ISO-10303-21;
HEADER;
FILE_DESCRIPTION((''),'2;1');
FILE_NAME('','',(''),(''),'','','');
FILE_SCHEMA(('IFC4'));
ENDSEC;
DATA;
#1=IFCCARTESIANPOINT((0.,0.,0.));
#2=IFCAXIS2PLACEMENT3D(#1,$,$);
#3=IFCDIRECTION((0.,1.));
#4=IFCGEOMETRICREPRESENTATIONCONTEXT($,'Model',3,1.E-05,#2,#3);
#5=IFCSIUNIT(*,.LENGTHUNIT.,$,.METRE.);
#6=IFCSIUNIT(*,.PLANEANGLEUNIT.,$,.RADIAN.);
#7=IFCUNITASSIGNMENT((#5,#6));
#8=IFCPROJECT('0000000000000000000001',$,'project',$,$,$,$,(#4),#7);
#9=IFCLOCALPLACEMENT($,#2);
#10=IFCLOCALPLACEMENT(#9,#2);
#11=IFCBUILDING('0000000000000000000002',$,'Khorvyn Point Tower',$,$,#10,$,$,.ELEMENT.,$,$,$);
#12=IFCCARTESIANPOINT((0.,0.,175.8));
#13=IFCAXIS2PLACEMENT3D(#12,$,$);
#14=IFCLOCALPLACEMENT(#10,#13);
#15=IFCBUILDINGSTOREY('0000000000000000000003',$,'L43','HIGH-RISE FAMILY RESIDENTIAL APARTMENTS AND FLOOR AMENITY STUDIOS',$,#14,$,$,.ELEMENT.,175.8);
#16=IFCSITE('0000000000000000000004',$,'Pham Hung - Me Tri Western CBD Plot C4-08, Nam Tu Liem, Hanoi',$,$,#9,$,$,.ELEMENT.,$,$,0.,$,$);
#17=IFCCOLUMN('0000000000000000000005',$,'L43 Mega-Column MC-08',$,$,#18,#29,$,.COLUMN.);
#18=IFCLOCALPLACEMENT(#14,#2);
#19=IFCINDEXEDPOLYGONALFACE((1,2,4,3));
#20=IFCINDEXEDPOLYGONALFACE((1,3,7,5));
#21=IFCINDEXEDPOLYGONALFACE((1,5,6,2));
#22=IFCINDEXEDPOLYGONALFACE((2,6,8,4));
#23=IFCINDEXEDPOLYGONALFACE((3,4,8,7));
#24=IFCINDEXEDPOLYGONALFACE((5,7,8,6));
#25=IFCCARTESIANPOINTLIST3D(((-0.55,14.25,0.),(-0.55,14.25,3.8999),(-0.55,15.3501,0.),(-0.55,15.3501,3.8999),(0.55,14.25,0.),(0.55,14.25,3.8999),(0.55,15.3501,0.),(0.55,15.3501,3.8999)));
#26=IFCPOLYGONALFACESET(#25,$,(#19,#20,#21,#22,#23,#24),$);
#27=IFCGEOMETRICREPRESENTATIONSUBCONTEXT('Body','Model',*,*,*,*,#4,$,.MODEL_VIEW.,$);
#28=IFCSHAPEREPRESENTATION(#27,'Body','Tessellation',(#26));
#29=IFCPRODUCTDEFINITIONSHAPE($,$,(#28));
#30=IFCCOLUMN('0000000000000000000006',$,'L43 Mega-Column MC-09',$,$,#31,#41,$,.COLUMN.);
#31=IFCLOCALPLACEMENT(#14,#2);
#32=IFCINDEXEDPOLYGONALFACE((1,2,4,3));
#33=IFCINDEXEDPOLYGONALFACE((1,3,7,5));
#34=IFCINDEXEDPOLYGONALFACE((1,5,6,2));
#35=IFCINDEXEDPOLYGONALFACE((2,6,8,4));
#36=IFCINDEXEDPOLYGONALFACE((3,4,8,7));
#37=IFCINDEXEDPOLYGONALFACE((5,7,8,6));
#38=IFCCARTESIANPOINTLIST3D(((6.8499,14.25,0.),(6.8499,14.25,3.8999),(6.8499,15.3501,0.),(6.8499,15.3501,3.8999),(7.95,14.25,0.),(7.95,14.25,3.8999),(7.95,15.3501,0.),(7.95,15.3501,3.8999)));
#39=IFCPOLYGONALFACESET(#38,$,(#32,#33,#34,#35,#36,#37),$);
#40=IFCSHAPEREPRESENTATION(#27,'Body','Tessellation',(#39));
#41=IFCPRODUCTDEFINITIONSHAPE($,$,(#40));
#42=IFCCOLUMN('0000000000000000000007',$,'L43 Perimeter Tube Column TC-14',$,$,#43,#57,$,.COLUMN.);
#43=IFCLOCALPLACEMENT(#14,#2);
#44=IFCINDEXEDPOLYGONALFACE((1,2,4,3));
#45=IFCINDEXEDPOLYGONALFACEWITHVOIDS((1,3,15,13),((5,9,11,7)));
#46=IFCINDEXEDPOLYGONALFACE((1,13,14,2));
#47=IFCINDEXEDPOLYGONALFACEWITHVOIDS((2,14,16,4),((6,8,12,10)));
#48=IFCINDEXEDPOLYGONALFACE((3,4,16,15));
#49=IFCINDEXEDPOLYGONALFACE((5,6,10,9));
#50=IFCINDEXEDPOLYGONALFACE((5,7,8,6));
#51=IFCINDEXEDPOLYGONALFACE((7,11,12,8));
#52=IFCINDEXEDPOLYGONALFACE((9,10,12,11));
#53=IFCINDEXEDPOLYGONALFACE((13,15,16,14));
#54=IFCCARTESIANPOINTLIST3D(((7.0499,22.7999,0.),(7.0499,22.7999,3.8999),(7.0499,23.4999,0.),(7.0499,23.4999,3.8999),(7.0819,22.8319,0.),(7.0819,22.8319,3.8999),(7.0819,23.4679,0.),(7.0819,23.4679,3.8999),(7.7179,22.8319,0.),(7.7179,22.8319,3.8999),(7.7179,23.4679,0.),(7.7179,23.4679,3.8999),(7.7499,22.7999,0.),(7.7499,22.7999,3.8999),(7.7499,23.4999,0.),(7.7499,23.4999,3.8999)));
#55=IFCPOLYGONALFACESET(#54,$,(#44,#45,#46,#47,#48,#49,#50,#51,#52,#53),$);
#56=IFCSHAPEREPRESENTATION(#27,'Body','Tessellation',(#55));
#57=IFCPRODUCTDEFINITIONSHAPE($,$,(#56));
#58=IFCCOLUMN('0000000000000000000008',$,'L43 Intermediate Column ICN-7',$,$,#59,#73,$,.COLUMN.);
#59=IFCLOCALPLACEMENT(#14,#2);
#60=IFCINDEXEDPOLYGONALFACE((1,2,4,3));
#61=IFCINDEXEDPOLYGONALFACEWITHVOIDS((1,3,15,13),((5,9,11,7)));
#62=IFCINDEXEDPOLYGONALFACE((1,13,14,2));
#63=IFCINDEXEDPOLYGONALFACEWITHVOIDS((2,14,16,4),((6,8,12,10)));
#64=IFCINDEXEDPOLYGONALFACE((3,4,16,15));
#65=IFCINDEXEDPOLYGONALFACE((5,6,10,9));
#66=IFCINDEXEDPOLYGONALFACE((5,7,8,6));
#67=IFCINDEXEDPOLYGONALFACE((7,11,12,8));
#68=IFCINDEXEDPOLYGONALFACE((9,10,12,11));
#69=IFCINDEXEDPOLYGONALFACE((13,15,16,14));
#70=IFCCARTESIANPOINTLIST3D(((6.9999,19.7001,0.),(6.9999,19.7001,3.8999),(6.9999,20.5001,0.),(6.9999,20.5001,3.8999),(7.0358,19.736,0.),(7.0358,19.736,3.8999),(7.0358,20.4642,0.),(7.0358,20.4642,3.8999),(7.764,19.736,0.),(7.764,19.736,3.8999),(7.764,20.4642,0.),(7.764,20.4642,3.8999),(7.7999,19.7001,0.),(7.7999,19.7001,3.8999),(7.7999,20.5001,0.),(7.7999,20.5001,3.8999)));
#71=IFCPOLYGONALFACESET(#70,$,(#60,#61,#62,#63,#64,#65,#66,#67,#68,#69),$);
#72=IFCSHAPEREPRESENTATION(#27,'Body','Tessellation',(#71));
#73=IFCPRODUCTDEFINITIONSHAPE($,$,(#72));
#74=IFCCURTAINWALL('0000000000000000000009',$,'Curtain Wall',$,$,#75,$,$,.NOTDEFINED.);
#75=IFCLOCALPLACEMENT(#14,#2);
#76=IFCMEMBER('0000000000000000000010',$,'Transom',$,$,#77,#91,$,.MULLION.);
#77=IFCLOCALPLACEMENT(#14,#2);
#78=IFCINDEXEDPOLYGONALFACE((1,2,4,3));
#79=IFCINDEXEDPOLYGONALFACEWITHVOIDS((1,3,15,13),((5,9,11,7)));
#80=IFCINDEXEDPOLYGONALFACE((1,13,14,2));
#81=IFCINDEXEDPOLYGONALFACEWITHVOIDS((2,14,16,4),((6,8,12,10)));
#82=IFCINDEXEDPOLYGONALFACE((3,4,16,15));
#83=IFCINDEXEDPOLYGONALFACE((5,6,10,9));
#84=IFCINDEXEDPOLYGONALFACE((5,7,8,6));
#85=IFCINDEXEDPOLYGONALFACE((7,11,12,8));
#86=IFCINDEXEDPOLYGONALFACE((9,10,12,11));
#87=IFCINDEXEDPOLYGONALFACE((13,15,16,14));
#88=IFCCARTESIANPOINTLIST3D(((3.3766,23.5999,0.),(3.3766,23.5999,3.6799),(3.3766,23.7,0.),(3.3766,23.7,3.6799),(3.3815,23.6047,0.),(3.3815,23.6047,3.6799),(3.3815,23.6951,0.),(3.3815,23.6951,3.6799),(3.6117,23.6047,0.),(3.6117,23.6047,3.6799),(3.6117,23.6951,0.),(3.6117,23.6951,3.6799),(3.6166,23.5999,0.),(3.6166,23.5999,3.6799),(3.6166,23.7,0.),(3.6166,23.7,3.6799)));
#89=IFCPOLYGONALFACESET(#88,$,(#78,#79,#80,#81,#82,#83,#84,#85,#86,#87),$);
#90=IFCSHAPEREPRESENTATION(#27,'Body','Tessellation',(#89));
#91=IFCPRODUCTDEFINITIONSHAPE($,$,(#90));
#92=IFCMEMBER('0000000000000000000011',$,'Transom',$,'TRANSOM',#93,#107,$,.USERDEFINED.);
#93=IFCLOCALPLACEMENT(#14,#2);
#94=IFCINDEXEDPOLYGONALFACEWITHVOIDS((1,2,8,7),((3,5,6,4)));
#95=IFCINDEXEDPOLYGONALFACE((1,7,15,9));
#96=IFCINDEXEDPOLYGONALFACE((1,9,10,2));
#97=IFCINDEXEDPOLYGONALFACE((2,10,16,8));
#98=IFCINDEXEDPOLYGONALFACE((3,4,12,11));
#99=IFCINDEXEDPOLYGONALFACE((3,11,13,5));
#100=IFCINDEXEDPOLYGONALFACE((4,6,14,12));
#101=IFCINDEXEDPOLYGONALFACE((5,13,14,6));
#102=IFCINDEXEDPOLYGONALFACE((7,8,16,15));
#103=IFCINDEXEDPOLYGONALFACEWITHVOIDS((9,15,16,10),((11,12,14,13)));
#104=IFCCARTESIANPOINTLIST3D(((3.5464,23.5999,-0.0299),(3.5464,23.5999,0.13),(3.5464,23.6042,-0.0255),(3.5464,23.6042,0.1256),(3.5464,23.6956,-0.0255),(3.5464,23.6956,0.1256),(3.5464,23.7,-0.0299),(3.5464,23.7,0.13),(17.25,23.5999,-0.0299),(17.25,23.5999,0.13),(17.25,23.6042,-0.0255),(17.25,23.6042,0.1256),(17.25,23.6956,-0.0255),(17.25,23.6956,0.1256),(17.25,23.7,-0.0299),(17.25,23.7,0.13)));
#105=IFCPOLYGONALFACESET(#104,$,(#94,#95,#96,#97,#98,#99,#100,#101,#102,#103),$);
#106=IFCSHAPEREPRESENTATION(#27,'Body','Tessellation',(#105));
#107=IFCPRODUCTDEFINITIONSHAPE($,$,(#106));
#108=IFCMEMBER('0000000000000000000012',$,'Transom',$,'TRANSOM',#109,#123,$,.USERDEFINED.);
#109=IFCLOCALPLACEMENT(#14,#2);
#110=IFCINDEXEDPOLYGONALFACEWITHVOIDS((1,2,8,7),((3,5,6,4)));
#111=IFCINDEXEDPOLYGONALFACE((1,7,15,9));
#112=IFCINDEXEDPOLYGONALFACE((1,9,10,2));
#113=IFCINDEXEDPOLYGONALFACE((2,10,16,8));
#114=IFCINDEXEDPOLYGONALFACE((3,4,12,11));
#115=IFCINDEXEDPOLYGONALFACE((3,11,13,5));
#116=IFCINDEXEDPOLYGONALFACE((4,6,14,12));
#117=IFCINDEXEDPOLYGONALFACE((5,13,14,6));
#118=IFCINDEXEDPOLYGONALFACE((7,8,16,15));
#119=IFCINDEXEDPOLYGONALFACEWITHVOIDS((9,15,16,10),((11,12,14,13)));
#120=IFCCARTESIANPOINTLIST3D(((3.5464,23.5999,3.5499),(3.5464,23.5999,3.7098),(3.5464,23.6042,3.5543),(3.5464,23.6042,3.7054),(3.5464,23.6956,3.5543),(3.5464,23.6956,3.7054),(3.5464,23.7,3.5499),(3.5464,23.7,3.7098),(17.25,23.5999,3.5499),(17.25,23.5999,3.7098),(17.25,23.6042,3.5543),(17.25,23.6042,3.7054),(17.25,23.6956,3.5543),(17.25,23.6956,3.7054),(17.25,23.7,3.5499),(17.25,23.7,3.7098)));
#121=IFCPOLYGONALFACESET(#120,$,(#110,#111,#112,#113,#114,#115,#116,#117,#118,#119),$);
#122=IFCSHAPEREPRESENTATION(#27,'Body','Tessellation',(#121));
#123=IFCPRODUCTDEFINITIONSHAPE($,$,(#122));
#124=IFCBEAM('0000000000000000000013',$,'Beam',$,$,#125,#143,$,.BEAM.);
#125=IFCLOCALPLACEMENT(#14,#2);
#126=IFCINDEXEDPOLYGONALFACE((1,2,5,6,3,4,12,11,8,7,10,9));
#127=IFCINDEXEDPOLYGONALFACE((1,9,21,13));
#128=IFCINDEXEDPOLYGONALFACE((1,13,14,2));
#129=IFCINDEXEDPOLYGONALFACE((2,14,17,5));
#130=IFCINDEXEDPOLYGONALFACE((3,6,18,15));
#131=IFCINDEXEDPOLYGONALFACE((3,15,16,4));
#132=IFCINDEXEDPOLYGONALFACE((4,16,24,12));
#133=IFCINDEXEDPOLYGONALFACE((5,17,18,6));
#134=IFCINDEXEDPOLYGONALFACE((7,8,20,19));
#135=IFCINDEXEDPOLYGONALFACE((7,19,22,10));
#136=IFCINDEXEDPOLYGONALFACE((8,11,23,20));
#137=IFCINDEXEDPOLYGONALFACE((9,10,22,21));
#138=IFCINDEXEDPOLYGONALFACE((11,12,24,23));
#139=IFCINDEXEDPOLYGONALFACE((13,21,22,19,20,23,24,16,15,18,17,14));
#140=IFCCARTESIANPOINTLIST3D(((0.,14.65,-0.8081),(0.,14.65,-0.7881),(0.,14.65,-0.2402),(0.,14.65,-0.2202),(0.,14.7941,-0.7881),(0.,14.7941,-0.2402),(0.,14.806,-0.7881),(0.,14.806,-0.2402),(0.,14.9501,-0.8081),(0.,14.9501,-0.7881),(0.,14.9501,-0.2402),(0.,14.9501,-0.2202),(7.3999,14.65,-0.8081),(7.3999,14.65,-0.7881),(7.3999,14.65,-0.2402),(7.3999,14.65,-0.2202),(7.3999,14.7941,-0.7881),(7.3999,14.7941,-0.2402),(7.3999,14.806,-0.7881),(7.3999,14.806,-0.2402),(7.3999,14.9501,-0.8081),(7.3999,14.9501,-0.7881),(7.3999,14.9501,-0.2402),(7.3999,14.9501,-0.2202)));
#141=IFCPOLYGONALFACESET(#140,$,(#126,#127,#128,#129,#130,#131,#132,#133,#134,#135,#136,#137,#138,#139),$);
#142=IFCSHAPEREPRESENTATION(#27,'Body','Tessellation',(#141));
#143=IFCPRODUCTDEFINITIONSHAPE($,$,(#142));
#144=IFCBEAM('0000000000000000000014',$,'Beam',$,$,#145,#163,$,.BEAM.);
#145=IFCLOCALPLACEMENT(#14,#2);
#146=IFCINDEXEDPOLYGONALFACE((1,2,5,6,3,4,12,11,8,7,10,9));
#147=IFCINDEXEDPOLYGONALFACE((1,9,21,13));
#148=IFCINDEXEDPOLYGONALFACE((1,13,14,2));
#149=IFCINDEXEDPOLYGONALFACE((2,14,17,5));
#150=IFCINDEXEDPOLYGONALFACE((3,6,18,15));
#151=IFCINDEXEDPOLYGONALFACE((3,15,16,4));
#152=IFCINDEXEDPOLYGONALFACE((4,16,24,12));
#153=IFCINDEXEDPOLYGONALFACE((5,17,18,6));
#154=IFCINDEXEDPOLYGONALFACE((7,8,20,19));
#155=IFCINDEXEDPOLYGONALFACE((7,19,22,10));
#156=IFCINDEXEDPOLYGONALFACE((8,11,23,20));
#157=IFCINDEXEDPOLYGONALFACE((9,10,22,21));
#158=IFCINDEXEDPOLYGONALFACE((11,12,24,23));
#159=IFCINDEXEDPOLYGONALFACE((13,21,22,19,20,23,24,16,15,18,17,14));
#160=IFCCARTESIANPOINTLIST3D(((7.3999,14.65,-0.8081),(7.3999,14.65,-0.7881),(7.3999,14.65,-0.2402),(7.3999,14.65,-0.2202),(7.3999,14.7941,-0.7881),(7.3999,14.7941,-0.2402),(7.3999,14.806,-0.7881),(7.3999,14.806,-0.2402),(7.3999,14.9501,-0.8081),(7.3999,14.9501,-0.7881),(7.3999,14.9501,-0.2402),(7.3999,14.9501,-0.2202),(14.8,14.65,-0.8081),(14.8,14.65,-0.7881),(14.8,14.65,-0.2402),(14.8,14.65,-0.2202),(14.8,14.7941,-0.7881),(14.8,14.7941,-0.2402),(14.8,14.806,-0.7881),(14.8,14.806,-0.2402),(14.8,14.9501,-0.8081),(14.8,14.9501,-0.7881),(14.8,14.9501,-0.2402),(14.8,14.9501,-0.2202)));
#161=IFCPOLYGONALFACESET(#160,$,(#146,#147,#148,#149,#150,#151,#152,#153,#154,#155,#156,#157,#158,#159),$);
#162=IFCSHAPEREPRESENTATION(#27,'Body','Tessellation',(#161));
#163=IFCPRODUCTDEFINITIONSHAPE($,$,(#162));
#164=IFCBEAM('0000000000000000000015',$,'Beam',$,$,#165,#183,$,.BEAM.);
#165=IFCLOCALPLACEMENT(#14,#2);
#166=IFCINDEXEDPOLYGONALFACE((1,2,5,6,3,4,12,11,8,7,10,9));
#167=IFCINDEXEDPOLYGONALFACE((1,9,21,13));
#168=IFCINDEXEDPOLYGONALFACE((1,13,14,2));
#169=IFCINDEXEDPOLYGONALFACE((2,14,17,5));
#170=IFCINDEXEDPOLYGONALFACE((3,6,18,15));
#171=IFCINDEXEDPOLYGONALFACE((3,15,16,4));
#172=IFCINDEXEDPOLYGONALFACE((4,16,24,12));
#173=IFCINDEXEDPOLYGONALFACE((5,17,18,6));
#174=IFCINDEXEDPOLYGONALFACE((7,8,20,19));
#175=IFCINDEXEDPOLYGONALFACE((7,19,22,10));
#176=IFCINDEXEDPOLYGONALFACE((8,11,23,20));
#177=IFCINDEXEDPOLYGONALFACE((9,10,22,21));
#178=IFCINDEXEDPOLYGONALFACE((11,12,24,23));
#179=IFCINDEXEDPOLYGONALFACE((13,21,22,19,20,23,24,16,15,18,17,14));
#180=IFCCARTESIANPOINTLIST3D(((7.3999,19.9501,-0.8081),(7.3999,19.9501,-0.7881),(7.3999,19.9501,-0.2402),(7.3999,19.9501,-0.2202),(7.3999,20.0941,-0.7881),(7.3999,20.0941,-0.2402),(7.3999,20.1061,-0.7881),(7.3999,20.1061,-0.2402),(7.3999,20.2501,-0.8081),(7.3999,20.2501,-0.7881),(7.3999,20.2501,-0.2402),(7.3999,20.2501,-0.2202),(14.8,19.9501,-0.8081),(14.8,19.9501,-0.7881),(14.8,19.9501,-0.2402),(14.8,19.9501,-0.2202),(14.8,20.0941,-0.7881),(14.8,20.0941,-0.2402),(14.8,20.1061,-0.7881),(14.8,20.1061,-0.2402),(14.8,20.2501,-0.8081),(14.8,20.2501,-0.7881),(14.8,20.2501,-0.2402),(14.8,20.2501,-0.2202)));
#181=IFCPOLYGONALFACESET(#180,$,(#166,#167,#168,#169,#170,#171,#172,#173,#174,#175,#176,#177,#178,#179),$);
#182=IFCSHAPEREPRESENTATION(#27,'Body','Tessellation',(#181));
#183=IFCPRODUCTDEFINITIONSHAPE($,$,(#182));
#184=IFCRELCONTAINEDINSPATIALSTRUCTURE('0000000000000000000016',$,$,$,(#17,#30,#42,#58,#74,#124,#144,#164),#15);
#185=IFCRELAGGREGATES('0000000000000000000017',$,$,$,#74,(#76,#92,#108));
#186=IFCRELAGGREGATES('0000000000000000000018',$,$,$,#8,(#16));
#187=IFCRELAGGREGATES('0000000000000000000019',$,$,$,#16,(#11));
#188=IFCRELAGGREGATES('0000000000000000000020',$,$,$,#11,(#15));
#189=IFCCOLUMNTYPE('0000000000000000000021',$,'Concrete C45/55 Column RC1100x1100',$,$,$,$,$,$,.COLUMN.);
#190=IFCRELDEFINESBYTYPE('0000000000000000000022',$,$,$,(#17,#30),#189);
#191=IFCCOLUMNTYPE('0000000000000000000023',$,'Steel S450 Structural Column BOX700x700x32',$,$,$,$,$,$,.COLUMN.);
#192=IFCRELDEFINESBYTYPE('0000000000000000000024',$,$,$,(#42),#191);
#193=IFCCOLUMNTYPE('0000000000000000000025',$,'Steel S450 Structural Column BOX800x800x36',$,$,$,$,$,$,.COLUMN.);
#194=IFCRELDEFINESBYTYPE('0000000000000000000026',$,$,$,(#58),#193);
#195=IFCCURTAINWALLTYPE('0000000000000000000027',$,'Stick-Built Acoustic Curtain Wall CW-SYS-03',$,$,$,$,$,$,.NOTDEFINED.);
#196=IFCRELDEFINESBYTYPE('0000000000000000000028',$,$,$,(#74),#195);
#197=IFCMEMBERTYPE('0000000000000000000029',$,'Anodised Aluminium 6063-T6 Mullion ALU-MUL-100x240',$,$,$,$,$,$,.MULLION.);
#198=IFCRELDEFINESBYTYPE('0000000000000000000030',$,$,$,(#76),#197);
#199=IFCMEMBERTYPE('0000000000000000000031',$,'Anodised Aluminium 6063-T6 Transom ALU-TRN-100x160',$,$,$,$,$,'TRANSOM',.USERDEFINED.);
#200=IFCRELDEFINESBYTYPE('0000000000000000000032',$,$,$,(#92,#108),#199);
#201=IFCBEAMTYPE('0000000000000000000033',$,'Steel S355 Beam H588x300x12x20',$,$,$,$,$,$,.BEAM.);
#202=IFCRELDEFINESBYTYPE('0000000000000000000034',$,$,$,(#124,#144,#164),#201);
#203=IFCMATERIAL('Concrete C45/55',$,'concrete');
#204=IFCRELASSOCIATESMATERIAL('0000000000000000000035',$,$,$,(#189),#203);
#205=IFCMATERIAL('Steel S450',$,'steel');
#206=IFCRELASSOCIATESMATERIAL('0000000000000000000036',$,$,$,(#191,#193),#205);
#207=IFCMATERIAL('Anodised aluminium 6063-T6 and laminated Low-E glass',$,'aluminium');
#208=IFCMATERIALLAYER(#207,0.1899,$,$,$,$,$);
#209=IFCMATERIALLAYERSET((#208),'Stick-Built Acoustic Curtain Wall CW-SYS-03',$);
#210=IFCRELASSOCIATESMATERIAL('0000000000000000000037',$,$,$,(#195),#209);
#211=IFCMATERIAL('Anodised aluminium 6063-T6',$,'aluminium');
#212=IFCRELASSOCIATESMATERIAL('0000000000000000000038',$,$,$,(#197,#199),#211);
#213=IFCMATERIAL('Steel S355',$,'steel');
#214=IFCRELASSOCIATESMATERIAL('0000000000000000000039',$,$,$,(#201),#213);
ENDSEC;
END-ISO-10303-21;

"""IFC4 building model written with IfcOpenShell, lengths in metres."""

from ifc_helpers import new_model, si_unit, direction, frame, origin, origin_2d, place, context, subcontext, project, spatial, rectangle, hollow_rectangle, i_section, extrude, material, layer, layer_set, material_profile, profile_set, type_object, element, aggregate, save


model = new_model("IFC4")

# Units and contexts
model_context = context("Model", 3, precision=1e-05, world=origin(), true_north=direction((0.0, 1.0)))
body_context = subcontext(model_context, "Body", "Model", "MODEL_VIEW")
ifc_project = project(units=[si_unit("LENGTHUNIT", "METRE"), si_unit("PLANEANGLEUNIT", "RADIAN")], contexts=[model_context])

# Site, building, storey
site_placement = place(None, origin())
site = spatial("IfcSite", under=ifc_project, at=site_placement, Name="Pham Hung - Me Tri Western CBD Plot C4-08, Nam Tu Liem, Hanoi", CompositionType="ELEMENT", RefElevation=0.0)
building_placement = place(site_placement, origin())
building = spatial("IfcBuilding", under=site, at=building_placement, Name="Khorvyn Point Tower", CompositionType="ELEMENT")
storey_placement = place(building_placement, frame((0.0, 0.0, 175.8)))
storey = spatial("IfcBuildingStorey", under=building, at=storey_placement, Name="L43", Description="HIGH-RISE FAMILY RESIDENTIAL APARTMENTS AND FLOOR AMENITY STUDIOS", CompositionType="ELEMENT", Elevation=175.8)

# Columns
ifc_material_1 = material(Name="Concrete C45/55", Category="concrete")
ifc_material_profile_1 = material_profile(ifc_material_1, rectangle(XDim=1.1001, YDim=1.1001, at=origin_2d()))
ifc_profile_set_1 = profile_set([ifc_material_profile_1], Name="Concrete C45/55 RC1100x1100")
column_type_1 = type_object("IfcColumnType", Name="Concrete C45/55 Column RC1100x1100", PredefinedType="COLUMN", material=ifc_profile_set_1)
for number, where, z_axis, x_axis, name in (
    (1, (0.0, 14.8, 0.0), (0.0, 0.0, 1.0), (1.0, 0.0, 0.0), "L43 Mega-Column MC-08"),
    (2, (7.3999, 14.8, 0.0), (0.0, 0.0, 1.0), (1.0, 0.0, 0.0), "L43 Mega-Column MC-09"),
):
    element("IfcColumn", number, at=place(storey_placement, frame(where, z_axis=z_axis, x_axis=x_axis)), inside=storey, type_object=column_type_1, Name=name, PredefinedType="COLUMN", context=body_context, shape_type="SweptSolid", body=[
        extrude(rectangle(XDim=1.1001, YDim=1.1001, at=origin_2d()), origin(), (0.0, 0.0, 1.0), 3.8999),
    ])
ifc_material_2 = material(Name="Steel S450", Category="steel")
ifc_material_profile_2 = material_profile(ifc_material_2, hollow_rectangle(XDim=0.7, YDim=0.7, WallThickness=0.032, at=origin_2d()))
ifc_profile_set_2 = profile_set([ifc_material_profile_2], Name="Steel S450 BOX700x700x32")
column_type_2 = type_object("IfcColumnType", Name="Steel S450 Structural Column BOX700x700x32", PredefinedType="COLUMN", material=ifc_profile_set_2)
column_1_placement = place(storey_placement, frame((7.3999, 23.1499, 0.0), z_axis=(0.0, 0.0, 1.0), x_axis=(1.0, 0.0, 0.0)))
element("IfcColumn", 3, at=column_1_placement, inside=storey, type_object=column_type_2, Name="L43 Perimeter Tube Column TC-14", PredefinedType="COLUMN", context=body_context, shape_type="SweptSolid", body=[
    extrude(hollow_rectangle(XDim=0.7, YDim=0.7, WallThickness=0.032, at=origin_2d()), origin(), (0.0, 0.0, 1.0), 3.8999),
])
ifc_material_profile_3 = material_profile(ifc_material_2, hollow_rectangle(XDim=0.8, YDim=0.8, WallThickness=0.0359, at=origin_2d()))
ifc_profile_set_3 = profile_set([ifc_material_profile_3], Name="Steel S450 BOX800x800x36")
column_type_3 = type_object("IfcColumnType", Name="Steel S450 Structural Column BOX800x800x36", PredefinedType="COLUMN", material=ifc_profile_set_3)
column_2_placement = place(storey_placement, frame((7.3999, 20.1001, 0.0), z_axis=(0.0, 0.0, 1.0), x_axis=(1.0, 0.0, 0.0)))
element("IfcColumn", 4, at=column_2_placement, inside=storey, type_object=column_type_3, Name="L43 Intermediate Column ICN-7", PredefinedType="COLUMN", context=body_context, shape_type="SweptSolid", body=[
    extrude(hollow_rectangle(XDim=0.8, YDim=0.8, WallThickness=0.0359, at=origin_2d()), origin(), (0.0, 0.0, 1.0), 3.8999),
])

# Curtain wall, members
ifc_material_3 = material(Name="Anodised aluminium 6063-T6 and laminated Low-E glass", Category="aluminium")
ifc_layer_1 = layer(ifc_material_3, 0.1899)
ifc_layer_set_1 = layer_set([ifc_layer_1], Name="Stick-Built Acoustic Curtain Wall CW-SYS-03")
curtain_wall_type = type_object("IfcCurtainWallType", Name="Stick-Built Acoustic Curtain Wall CW-SYS-03", PredefinedType="NOTDEFINED", material=ifc_layer_set_1)
curtain_wall_placement = place(storey_placement, origin())
curtain_wall = element("IfcCurtainWall", 5, at=curtain_wall_placement, inside=storey, type_object=curtain_wall_type, Name="Curtain Wall", PredefinedType="NOTDEFINED")
ifc_material_4 = material(Name="Anodised aluminium 6063-T6", Category="aluminium")
ifc_material_profile_4 = material_profile(ifc_material_4, hollow_rectangle(XDim=0.1001, YDim=0.24, WallThickness=0.0049, at=origin_2d()))
ifc_profile_set_4 = profile_set([ifc_material_profile_4], Name="Anodised aluminium 6063-T6 ALU-MUL-100x240")
member_type_1 = type_object("IfcMemberType", Name="Anodised Aluminium 6063-T6 Mullion ALU-MUL-100x240", PredefinedType="MULLION", material=ifc_profile_set_4)
member_1_placement = place(storey_placement, frame((3.4966, 23.6499, 0.0), z_axis=(0.0, 0.0, 1.0), x_axis=(0.0, 1.0, 0.0)))
member_1 = element("IfcMember", 6, at=member_1_placement, type_object=member_type_1, Name="Transom", PredefinedType="MULLION", context=body_context, shape_type="SweptSolid", body=[
    extrude(hollow_rectangle(XDim=0.1001, YDim=0.24, WallThickness=0.0049, at=origin_2d()), origin(), (0.0, 0.0, 1.0), 3.6799),
])
ifc_material_profile_5 = material_profile(ifc_material_4, hollow_rectangle(XDim=0.1001, YDim=0.1599, WallThickness=0.0044, at=origin_2d()))
ifc_profile_set_5 = profile_set([ifc_material_profile_5], Name="Anodised aluminium 6063-T6 ALU-TRN-100x160")
member_type_2 = type_object("IfcMemberType", Name="Anodised Aluminium 6063-T6 Transom ALU-TRN-100x160", ElementType="TRANSOM", PredefinedType="USERDEFINED", material=ifc_profile_set_5)
member_2_placement = place(storey_placement, frame((3.5464, 23.6499, 0.05), z_axis=(1.0, 0.0, 0.0), x_axis=(0.0, 1.0, 0.0)))
member_2 = element("IfcMember", 7, at=member_2_placement, type_object=member_type_2, Name="Transom", ObjectType="TRANSOM", PredefinedType="USERDEFINED", context=body_context, shape_type="SweptSolid", body=[
    extrude(hollow_rectangle(XDim=0.1001, YDim=0.1599, WallThickness=0.0044, at=origin_2d()), origin(), (0.0, 0.0, 1.0), 13.7036),
])
member_3_placement = place(storey_placement, frame((3.5464, 23.6499, 3.6299), z_axis=(1.0, 0.0, 0.0), x_axis=(0.0, 1.0, 0.0)))
member_3 = element("IfcMember", 8, at=member_3_placement, type_object=member_type_2, Name="Transom", ObjectType="TRANSOM", PredefinedType="USERDEFINED", context=body_context, shape_type="SweptSolid", body=[
    extrude(hollow_rectangle(XDim=0.1001, YDim=0.1599, WallThickness=0.0044, at=origin_2d()), origin(), (0.0, 0.0, 1.0), 13.7036),
])

# Beams
ifc_material_5 = material(Name="Steel S355", Category="steel")
ifc_material_profile_6 = material_profile(ifc_material_5, i_section(OverallWidth=0.3, OverallDepth=0.5879, WebThickness=0.012, FlangeThickness=0.02, at=origin_2d()))
ifc_profile_set_6 = profile_set([ifc_material_profile_6], Name="Steel S355 H588x300x12x20")
beam_type_1 = type_object("IfcBeamType", Name="Steel S355 Beam H588x300x12x20", PredefinedType="BEAM", material=ifc_profile_set_6)
beam_1_placement = place(storey_placement, frame((0.0, 14.8, -0.5142), z_axis=(1.0, 0.0, 0.0), x_axis=(0.0, 1.0, 0.0)))
element("IfcBeam", 9, at=beam_1_placement, inside=storey, type_object=beam_type_1, Name="Beam", PredefinedType="BEAM", context=body_context, shape_type="SweptSolid", body=[
    extrude(i_section(OverallWidth=0.3, OverallDepth=0.5879, WebThickness=0.012, FlangeThickness=0.02, at=origin_2d()), origin(), (0.0, 0.0, 1.0), 7.3999),
])
for number, where, z_axis, x_axis, name in (
    (10, (7.3999, 14.8, -0.5142), (1.0, 0.0, 0.0), (0.0, 1.0, 0.0), "Beam"),
    (11, (7.3999, 20.1001, -0.5142), (1.0, 0.0, 0.0), (0.0, 1.0, 0.0), "Beam"),
):
    element("IfcBeam", number, at=place(storey_placement, frame(where, z_axis=z_axis, x_axis=x_axis)), inside=storey, type_object=beam_type_1, Name=name, PredefinedType="BEAM", context=body_context, shape_type="SweptSolid", body=[
        extrude(i_section(OverallWidth=0.3, OverallDepth=0.5879, WebThickness=0.012, FlangeThickness=0.02, at=origin_2d()), origin(), (0.0, 0.0, 1.0), 7.4001),
    ])

aggregate(curtain_wall, [member_1, member_2, member_3])

save(model, "model.ifc")
